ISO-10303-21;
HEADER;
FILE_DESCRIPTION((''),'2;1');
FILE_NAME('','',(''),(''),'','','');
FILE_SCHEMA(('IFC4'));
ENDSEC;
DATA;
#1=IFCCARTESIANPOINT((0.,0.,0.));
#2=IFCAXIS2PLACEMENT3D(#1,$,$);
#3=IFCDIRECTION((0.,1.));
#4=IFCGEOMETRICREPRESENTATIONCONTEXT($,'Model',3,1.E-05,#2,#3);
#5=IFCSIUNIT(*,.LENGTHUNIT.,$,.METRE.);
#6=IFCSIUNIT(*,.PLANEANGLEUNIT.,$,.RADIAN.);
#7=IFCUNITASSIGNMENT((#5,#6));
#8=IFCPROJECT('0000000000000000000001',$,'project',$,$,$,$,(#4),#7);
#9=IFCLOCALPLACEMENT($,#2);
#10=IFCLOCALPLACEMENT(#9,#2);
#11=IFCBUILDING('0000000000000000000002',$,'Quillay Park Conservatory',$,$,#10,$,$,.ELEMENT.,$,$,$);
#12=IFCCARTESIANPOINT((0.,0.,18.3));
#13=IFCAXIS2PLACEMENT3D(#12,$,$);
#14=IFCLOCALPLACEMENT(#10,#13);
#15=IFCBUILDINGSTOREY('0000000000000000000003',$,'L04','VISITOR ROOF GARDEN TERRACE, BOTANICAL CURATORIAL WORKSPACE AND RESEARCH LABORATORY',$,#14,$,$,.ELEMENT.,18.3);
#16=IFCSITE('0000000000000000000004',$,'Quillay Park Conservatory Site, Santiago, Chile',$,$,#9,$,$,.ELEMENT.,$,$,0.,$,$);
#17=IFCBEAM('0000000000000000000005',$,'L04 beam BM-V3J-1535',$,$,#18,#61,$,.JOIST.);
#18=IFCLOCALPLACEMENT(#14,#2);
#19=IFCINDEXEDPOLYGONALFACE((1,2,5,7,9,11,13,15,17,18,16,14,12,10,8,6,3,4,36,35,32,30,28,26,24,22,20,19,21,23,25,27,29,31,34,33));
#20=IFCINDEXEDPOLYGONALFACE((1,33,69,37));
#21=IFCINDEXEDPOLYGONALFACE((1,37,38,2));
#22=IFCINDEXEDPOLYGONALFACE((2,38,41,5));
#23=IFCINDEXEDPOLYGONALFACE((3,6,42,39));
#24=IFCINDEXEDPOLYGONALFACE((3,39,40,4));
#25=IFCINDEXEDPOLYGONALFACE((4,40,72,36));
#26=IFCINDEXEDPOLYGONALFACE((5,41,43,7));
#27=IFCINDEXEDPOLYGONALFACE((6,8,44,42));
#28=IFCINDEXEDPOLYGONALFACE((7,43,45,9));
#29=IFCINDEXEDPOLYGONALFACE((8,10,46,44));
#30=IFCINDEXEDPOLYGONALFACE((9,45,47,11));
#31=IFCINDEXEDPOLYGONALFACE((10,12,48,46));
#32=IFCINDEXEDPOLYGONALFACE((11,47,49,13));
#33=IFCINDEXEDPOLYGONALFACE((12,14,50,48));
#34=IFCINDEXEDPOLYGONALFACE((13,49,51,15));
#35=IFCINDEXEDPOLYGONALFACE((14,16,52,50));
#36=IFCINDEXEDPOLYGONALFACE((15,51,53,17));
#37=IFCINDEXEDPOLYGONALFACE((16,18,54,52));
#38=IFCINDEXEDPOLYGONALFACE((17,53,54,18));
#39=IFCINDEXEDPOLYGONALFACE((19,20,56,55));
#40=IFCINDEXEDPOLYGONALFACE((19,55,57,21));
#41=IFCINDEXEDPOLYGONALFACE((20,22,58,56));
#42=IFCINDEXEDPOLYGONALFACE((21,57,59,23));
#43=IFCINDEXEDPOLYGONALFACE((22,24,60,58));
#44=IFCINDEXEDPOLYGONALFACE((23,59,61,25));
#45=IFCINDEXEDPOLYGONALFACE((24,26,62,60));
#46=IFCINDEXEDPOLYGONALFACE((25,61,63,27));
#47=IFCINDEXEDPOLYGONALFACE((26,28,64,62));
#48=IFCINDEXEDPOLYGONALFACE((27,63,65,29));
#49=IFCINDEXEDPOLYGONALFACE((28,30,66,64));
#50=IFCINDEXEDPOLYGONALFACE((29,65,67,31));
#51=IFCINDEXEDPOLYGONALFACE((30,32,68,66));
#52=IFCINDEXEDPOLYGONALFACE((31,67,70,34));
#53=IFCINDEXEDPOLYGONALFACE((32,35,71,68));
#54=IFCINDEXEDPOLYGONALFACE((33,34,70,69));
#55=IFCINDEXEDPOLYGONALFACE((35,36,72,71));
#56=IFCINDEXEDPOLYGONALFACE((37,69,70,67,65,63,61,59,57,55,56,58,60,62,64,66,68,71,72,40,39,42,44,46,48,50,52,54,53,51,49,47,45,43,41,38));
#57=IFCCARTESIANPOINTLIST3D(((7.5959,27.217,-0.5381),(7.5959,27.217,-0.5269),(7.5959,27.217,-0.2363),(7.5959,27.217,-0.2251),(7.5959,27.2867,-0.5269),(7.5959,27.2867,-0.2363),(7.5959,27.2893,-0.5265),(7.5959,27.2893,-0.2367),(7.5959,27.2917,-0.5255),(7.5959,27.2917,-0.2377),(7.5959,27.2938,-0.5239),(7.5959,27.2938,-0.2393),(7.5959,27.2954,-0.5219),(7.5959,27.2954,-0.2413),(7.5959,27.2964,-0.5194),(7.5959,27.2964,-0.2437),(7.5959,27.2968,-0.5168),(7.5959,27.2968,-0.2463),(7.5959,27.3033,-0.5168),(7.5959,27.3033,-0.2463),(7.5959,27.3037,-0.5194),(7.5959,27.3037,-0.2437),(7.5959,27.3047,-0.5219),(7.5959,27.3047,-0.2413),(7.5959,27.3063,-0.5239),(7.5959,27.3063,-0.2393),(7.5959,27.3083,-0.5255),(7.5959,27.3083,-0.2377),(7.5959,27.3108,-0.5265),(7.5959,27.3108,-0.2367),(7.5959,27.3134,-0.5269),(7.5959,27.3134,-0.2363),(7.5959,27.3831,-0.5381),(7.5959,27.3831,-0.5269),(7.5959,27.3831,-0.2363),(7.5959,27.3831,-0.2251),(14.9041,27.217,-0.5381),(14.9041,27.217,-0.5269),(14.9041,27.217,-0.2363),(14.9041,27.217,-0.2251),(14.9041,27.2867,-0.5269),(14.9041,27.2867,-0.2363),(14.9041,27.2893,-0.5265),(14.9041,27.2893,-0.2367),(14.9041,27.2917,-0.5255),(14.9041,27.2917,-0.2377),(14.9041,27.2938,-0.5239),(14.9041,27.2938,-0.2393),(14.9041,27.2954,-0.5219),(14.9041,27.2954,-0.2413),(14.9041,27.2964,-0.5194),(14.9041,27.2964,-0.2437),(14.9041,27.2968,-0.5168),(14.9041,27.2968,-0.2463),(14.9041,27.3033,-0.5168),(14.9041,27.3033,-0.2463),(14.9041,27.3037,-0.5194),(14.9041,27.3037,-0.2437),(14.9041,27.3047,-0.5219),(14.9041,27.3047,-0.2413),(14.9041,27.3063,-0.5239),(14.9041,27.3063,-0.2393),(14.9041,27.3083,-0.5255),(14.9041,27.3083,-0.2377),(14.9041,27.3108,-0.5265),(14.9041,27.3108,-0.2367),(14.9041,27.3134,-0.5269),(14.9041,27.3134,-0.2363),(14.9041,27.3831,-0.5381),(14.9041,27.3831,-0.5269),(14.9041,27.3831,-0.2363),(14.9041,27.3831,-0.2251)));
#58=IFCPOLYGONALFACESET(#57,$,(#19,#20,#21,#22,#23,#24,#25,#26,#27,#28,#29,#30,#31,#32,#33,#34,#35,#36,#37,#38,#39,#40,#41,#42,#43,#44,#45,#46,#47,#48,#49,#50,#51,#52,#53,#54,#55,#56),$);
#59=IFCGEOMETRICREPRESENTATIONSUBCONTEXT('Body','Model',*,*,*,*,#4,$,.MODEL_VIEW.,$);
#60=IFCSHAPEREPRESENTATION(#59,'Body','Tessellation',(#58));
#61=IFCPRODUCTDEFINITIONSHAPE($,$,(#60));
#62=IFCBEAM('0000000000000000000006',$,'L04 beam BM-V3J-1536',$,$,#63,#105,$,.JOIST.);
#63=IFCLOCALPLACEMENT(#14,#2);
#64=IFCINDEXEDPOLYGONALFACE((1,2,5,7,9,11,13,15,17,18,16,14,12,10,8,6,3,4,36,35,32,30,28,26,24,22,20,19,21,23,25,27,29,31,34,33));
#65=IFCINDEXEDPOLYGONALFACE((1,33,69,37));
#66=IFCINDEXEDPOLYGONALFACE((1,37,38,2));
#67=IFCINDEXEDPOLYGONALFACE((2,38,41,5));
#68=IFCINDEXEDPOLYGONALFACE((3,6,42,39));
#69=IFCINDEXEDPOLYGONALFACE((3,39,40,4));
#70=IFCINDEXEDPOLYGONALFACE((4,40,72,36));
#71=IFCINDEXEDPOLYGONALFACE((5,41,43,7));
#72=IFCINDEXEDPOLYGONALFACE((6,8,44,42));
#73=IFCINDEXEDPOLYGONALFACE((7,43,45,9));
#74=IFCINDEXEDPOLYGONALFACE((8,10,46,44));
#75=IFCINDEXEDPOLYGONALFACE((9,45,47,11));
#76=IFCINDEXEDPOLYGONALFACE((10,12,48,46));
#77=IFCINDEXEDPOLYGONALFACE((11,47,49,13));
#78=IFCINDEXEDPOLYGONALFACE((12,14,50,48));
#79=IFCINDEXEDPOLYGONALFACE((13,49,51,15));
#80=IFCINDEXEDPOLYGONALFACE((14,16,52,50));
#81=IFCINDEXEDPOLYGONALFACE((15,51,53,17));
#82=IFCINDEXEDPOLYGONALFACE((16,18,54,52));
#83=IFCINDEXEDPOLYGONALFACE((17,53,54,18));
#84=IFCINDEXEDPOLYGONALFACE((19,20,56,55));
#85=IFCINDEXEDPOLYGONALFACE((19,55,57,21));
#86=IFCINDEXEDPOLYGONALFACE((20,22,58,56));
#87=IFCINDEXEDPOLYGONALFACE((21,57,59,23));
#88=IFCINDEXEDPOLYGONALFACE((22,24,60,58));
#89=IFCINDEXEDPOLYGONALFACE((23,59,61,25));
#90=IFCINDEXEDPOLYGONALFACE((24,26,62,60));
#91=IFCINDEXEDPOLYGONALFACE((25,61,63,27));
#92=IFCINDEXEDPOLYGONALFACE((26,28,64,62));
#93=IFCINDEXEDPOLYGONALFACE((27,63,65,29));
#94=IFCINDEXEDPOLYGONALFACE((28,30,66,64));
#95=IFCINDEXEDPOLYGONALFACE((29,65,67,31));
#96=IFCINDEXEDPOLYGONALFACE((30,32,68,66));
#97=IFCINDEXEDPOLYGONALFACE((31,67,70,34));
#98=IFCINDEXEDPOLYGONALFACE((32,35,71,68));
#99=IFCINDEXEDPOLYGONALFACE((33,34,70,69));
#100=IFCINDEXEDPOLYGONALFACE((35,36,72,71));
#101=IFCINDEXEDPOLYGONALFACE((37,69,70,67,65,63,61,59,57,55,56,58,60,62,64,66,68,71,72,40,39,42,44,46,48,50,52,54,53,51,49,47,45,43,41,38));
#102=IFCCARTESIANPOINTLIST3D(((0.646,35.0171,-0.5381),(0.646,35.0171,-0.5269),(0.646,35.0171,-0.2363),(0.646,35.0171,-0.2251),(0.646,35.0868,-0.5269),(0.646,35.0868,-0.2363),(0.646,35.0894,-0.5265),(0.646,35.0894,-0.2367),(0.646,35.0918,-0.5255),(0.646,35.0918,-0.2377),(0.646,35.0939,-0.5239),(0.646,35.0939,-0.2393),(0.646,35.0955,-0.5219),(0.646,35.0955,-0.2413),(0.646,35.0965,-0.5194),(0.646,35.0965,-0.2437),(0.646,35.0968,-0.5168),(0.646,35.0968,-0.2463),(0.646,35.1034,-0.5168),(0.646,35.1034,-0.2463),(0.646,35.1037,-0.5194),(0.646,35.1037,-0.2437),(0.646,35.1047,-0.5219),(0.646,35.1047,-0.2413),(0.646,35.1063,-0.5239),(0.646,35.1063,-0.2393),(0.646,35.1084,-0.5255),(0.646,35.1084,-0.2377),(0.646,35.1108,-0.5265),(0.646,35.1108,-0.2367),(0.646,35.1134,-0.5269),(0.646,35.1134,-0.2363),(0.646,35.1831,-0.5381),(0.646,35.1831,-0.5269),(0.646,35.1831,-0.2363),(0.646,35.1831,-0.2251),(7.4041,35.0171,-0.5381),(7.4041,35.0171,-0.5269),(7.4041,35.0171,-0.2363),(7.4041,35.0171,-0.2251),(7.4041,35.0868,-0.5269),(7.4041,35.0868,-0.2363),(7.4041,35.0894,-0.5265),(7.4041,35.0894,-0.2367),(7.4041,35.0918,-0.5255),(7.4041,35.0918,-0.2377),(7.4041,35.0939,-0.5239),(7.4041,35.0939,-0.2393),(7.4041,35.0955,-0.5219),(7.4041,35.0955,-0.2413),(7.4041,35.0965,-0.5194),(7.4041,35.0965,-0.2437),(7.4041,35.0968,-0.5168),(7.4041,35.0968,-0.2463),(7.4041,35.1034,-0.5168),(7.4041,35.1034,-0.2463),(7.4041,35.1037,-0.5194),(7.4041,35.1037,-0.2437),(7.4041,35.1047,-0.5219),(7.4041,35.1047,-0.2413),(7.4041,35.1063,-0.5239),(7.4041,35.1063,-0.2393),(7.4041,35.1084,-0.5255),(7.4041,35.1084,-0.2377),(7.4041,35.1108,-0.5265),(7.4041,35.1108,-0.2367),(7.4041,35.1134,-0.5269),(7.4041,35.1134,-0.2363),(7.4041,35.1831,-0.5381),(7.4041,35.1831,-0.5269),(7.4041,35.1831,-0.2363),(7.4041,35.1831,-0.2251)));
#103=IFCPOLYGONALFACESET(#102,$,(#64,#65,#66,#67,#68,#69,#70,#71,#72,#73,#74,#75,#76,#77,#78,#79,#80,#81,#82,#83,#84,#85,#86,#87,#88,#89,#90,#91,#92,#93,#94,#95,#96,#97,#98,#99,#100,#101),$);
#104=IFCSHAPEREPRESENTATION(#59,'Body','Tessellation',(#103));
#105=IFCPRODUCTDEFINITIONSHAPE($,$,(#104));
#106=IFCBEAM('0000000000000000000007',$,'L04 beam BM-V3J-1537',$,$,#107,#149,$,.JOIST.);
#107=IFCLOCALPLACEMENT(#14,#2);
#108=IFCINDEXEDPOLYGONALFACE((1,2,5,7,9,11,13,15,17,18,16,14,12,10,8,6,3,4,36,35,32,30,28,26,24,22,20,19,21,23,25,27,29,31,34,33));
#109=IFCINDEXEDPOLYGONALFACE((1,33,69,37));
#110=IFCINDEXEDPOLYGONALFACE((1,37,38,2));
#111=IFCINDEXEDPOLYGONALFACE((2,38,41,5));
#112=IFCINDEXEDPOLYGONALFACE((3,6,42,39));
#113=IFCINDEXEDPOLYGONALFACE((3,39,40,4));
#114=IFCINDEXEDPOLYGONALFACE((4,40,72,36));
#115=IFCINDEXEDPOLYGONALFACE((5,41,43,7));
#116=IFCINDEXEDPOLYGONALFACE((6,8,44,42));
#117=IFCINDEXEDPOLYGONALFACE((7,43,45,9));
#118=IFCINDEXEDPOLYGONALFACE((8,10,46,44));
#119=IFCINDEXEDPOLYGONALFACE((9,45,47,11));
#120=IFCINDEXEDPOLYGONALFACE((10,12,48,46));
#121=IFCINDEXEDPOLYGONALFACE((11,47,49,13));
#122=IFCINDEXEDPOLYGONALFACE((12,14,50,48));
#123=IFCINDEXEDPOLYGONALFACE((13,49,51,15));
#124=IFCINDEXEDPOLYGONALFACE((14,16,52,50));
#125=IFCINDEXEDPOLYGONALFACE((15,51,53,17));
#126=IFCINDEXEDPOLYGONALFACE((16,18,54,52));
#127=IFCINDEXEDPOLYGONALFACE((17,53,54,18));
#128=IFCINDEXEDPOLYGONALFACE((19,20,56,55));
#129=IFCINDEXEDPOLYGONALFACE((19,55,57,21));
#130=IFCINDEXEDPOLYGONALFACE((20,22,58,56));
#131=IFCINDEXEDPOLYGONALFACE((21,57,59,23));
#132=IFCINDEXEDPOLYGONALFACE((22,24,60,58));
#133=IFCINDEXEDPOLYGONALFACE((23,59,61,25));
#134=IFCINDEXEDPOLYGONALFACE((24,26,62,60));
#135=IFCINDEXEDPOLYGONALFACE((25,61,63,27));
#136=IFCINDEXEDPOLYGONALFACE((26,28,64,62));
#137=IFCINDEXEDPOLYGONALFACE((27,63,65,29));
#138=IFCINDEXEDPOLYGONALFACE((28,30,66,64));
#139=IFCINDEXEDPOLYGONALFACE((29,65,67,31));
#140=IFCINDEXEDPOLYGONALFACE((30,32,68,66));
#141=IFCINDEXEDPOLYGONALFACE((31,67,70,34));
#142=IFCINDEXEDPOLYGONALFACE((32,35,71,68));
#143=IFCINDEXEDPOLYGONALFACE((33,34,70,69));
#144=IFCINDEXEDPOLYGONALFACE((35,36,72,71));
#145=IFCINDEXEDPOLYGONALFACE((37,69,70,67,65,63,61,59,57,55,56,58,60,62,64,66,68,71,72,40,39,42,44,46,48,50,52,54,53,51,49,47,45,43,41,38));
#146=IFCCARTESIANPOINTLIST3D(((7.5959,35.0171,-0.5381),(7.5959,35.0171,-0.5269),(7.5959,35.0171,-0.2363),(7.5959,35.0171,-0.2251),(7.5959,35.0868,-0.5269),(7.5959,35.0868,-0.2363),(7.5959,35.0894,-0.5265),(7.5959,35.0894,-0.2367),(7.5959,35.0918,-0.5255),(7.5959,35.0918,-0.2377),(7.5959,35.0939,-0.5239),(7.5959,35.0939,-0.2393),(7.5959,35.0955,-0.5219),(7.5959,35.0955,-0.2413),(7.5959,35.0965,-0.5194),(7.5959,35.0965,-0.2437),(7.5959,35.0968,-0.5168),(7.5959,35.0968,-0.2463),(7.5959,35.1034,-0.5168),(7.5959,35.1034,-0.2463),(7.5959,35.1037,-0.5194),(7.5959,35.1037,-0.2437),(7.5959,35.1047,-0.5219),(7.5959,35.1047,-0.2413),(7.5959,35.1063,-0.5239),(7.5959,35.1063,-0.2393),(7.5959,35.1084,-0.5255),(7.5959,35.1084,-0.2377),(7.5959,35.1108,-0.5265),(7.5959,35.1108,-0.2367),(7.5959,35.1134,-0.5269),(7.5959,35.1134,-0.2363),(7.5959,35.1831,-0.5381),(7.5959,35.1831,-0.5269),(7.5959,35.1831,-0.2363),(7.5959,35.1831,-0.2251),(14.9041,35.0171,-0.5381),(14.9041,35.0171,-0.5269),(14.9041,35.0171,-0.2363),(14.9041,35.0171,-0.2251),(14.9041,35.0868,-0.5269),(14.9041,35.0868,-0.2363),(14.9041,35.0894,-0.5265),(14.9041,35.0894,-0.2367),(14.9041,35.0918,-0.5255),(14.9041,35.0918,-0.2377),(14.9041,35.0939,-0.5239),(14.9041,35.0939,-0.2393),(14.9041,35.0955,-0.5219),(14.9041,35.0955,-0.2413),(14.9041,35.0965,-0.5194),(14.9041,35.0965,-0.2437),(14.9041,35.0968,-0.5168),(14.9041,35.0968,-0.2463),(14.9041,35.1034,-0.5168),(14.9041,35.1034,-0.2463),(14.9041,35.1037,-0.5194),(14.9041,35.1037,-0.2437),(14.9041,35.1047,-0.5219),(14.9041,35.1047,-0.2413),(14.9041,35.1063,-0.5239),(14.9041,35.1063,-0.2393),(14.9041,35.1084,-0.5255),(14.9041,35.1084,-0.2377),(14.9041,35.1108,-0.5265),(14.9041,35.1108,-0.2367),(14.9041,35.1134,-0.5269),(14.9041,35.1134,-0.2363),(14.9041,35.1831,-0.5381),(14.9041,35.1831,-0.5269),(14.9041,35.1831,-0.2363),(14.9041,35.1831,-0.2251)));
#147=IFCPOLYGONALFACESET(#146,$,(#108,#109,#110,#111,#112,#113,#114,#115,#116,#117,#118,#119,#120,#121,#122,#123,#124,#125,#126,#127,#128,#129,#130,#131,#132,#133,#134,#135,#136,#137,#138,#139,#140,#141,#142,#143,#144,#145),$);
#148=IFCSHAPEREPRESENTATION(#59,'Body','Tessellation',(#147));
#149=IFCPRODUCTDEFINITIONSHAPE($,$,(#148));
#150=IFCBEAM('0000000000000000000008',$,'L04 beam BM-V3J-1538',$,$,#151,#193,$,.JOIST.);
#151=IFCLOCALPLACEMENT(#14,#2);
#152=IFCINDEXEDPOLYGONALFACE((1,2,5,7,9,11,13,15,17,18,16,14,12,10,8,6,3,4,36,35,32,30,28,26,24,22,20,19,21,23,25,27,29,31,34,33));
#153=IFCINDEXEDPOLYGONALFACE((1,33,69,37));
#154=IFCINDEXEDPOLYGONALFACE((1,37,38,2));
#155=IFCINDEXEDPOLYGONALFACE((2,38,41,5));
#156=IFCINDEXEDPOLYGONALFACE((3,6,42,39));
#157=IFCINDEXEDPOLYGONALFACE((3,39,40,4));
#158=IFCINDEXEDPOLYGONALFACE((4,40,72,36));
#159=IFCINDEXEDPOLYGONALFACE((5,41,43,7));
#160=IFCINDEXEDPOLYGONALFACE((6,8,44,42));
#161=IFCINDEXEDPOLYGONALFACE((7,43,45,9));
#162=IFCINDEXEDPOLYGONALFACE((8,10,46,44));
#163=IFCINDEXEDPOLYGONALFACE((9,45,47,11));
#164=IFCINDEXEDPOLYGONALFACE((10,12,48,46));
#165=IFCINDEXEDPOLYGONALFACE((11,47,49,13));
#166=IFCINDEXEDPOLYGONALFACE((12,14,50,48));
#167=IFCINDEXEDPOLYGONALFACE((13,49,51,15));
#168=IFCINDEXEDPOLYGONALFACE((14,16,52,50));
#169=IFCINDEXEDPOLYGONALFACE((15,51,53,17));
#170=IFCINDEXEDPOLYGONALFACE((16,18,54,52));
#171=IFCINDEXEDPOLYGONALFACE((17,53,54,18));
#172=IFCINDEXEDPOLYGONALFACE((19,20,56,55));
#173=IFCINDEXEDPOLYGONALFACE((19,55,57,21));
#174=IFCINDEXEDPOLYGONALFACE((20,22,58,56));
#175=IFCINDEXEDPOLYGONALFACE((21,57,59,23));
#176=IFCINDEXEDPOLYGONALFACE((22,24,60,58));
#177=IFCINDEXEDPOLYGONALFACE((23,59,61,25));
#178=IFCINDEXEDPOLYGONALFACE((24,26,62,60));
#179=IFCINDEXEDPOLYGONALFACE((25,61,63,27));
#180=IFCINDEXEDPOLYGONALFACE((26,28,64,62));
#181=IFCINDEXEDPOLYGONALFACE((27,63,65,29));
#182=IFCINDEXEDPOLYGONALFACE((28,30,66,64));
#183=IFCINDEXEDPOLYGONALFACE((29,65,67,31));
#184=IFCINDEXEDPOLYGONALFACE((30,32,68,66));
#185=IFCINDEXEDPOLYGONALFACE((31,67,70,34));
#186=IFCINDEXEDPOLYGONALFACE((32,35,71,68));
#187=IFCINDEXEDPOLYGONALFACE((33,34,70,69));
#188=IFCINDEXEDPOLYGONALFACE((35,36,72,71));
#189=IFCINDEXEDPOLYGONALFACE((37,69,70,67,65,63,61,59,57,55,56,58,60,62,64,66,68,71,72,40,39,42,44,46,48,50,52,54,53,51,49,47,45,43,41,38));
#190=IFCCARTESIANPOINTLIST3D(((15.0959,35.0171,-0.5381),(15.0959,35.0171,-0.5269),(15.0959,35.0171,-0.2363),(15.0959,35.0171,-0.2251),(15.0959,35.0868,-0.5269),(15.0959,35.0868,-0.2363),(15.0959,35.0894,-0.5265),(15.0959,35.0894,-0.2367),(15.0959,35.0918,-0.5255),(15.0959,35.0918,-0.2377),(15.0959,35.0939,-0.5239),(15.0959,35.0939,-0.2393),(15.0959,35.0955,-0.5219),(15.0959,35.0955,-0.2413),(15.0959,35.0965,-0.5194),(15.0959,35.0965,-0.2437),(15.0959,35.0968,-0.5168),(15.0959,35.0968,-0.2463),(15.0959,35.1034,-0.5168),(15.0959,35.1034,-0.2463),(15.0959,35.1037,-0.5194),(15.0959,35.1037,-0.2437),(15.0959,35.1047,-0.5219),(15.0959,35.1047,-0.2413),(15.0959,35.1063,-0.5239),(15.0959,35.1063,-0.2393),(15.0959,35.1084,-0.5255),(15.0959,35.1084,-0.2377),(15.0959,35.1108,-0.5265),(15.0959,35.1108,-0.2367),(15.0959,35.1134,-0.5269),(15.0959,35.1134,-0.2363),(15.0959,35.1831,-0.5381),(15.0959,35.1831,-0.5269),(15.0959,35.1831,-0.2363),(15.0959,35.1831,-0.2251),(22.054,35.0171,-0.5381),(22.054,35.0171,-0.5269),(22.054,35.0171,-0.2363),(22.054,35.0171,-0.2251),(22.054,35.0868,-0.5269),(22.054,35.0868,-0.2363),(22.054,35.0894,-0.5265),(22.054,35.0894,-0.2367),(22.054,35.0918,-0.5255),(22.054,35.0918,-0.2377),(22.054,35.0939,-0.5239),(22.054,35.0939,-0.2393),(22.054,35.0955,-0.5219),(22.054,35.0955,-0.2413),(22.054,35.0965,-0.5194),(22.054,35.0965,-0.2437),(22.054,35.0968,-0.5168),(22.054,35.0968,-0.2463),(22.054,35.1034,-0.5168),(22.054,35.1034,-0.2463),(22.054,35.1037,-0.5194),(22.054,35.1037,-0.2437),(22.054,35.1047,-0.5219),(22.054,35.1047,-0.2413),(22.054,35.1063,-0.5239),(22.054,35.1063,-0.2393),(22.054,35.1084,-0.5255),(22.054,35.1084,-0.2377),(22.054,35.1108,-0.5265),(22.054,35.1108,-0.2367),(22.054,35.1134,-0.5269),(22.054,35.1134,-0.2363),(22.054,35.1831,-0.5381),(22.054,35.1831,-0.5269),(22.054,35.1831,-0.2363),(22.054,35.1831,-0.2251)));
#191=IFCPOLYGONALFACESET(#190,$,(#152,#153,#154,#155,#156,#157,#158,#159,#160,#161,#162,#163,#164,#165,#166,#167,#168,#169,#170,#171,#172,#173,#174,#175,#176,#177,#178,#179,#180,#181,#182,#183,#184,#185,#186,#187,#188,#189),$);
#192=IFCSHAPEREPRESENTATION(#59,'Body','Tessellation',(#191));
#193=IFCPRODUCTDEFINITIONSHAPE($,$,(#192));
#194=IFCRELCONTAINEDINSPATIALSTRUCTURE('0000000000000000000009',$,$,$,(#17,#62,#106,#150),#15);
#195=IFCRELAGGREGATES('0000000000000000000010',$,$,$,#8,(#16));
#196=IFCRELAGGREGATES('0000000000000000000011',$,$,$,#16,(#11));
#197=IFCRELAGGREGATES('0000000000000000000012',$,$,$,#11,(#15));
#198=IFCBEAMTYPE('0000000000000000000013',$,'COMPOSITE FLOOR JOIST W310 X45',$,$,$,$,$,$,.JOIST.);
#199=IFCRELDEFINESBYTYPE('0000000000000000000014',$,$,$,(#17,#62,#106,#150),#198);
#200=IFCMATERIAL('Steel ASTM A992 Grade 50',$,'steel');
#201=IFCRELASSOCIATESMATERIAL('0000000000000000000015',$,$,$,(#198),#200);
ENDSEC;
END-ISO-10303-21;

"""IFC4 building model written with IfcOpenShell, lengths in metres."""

from ifc_helpers import new_model, si_unit, direction, frame, origin, origin_2d, place, context, subcontext, project, spatial, i_section, extrude, material, material_profile, profile_set, type_object, element, save


model = new_model("IFC4")

# Units and contexts
model_context = context("Model", 3, precision=1e-05, world=origin(), true_north=direction((0.0, 1.0)))
body_context = subcontext(model_context, "Body", "Model", "MODEL_VIEW")
ifc_project = project(units=[si_unit("LENGTHUNIT", "METRE"), si_unit("PLANEANGLEUNIT", "RADIAN")], contexts=[model_context])

# Site, building, storey
site_placement = place(None, origin())
site = spatial("IfcSite", under=ifc_project, at=site_placement, Name="Quillay Park Conservatory Site, Santiago, Chile", CompositionType="ELEMENT", RefElevation=0.0)
building_placement = place(site_placement, origin())
building = spatial("IfcBuilding", under=site, at=building_placement, Name="Quillay Park Conservatory", CompositionType="ELEMENT")
storey_placement = place(building_placement, frame((0.0, 0.0, 18.3)))
storey = spatial("IfcBuildingStorey", under=building, at=storey_placement, Name="L04", Description="VISITOR ROOF GARDEN TERRACE, BOTANICAL CURATORIAL WORKSPACE AND RESEARCH LABORATORY", CompositionType="ELEMENT", Elevation=18.3)

# Beams
ifc_material_1 = material(Name="Steel ASTM A992 Grade 50", Category="steel")
ifc_material_profile_1 = material_profile(ifc_material_1, i_section(OverallWidth=0.166, OverallDepth=0.313, WebThickness=0.0066, FlangeThickness=0.0112, FilletRadius=0.01, at=origin_2d()), Name="W310x45")
ifc_profile_set_1 = profile_set([ifc_material_profile_1], Name="Steel ASTM A992 Grade 50")
beam_type_1 = type_object("IfcBeamType", Name="COMPOSITE FLOOR JOIST W310 X45", PredefinedType="JOIST", material=ifc_profile_set_1)
beam_1_placement = place(storey_placement, frame((7.5959, 27.3, -0.3816), z_axis=(1.0, 0.0, 0.0), x_axis=(0.0, 1.0, 0.0)))
element("IfcBeam", 1, at=beam_1_placement, inside=storey, type_object=beam_type_1, Name="L04 beam BM-V3J-1535", PredefinedType="JOIST", context=body_context, shape_type="SweptSolid", body=[
    extrude(i_section(OverallWidth=0.166, OverallDepth=0.313, WebThickness=0.0066, FlangeThickness=0.0112, FilletRadius=0.01, at=origin_2d()), origin(), (0.0, 0.0, 1.0), 7.3081),
])
beam_2_placement = place(storey_placement, frame((0.646, 35.1001, -0.3816), z_axis=(1.0, 0.0, 0.0), x_axis=(0.0, 1.0, 0.0)))
element("IfcBeam", 2, at=beam_2_placement, inside=storey, type_object=beam_type_1, Name="L04 beam BM-V3J-1536", PredefinedType="JOIST", context=body_context, shape_type="SweptSolid", body=[
    extrude(i_section(OverallWidth=0.166, OverallDepth=0.313, WebThickness=0.0066, FlangeThickness=0.0112, FilletRadius=0.01, at=origin_2d()), origin(), (0.0, 0.0, 1.0), 6.7581),
])
beam_3_placement = place(storey_placement, frame((7.5959, 35.1001, -0.3816), z_axis=(1.0, 0.0, 0.0), x_axis=(0.0, 1.0, 0.0)))
element("IfcBeam", 3, at=beam_3_placement, inside=storey, type_object=beam_type_1, Name="L04 beam BM-V3J-1537", PredefinedType="JOIST", context=body_context, shape_type="SweptSolid", body=[
    extrude(i_section(OverallWidth=0.166, OverallDepth=0.313, WebThickness=0.0066, FlangeThickness=0.0112, FilletRadius=0.01, at=origin_2d()), origin(), (0.0, 0.0, 1.0), 7.3081),
])
beam_4_placement = place(storey_placement, frame((15.0959, 35.1001, -0.3816), z_axis=(1.0, 0.0, 0.0), x_axis=(0.0, 1.0, 0.0)))
element("IfcBeam", 4, at=beam_4_placement, inside=storey, type_object=beam_type_1, Name="L04 beam BM-V3J-1538", PredefinedType="JOIST", context=body_context, shape_type="SweptSolid", body=[
    extrude(i_section(OverallWidth=0.166, OverallDepth=0.313, WebThickness=0.0066, FlangeThickness=0.0112, FilletRadius=0.01, at=origin_2d()), origin(), (0.0, 0.0, 1.0), 6.958),
])

save(model, "model.ifc")
